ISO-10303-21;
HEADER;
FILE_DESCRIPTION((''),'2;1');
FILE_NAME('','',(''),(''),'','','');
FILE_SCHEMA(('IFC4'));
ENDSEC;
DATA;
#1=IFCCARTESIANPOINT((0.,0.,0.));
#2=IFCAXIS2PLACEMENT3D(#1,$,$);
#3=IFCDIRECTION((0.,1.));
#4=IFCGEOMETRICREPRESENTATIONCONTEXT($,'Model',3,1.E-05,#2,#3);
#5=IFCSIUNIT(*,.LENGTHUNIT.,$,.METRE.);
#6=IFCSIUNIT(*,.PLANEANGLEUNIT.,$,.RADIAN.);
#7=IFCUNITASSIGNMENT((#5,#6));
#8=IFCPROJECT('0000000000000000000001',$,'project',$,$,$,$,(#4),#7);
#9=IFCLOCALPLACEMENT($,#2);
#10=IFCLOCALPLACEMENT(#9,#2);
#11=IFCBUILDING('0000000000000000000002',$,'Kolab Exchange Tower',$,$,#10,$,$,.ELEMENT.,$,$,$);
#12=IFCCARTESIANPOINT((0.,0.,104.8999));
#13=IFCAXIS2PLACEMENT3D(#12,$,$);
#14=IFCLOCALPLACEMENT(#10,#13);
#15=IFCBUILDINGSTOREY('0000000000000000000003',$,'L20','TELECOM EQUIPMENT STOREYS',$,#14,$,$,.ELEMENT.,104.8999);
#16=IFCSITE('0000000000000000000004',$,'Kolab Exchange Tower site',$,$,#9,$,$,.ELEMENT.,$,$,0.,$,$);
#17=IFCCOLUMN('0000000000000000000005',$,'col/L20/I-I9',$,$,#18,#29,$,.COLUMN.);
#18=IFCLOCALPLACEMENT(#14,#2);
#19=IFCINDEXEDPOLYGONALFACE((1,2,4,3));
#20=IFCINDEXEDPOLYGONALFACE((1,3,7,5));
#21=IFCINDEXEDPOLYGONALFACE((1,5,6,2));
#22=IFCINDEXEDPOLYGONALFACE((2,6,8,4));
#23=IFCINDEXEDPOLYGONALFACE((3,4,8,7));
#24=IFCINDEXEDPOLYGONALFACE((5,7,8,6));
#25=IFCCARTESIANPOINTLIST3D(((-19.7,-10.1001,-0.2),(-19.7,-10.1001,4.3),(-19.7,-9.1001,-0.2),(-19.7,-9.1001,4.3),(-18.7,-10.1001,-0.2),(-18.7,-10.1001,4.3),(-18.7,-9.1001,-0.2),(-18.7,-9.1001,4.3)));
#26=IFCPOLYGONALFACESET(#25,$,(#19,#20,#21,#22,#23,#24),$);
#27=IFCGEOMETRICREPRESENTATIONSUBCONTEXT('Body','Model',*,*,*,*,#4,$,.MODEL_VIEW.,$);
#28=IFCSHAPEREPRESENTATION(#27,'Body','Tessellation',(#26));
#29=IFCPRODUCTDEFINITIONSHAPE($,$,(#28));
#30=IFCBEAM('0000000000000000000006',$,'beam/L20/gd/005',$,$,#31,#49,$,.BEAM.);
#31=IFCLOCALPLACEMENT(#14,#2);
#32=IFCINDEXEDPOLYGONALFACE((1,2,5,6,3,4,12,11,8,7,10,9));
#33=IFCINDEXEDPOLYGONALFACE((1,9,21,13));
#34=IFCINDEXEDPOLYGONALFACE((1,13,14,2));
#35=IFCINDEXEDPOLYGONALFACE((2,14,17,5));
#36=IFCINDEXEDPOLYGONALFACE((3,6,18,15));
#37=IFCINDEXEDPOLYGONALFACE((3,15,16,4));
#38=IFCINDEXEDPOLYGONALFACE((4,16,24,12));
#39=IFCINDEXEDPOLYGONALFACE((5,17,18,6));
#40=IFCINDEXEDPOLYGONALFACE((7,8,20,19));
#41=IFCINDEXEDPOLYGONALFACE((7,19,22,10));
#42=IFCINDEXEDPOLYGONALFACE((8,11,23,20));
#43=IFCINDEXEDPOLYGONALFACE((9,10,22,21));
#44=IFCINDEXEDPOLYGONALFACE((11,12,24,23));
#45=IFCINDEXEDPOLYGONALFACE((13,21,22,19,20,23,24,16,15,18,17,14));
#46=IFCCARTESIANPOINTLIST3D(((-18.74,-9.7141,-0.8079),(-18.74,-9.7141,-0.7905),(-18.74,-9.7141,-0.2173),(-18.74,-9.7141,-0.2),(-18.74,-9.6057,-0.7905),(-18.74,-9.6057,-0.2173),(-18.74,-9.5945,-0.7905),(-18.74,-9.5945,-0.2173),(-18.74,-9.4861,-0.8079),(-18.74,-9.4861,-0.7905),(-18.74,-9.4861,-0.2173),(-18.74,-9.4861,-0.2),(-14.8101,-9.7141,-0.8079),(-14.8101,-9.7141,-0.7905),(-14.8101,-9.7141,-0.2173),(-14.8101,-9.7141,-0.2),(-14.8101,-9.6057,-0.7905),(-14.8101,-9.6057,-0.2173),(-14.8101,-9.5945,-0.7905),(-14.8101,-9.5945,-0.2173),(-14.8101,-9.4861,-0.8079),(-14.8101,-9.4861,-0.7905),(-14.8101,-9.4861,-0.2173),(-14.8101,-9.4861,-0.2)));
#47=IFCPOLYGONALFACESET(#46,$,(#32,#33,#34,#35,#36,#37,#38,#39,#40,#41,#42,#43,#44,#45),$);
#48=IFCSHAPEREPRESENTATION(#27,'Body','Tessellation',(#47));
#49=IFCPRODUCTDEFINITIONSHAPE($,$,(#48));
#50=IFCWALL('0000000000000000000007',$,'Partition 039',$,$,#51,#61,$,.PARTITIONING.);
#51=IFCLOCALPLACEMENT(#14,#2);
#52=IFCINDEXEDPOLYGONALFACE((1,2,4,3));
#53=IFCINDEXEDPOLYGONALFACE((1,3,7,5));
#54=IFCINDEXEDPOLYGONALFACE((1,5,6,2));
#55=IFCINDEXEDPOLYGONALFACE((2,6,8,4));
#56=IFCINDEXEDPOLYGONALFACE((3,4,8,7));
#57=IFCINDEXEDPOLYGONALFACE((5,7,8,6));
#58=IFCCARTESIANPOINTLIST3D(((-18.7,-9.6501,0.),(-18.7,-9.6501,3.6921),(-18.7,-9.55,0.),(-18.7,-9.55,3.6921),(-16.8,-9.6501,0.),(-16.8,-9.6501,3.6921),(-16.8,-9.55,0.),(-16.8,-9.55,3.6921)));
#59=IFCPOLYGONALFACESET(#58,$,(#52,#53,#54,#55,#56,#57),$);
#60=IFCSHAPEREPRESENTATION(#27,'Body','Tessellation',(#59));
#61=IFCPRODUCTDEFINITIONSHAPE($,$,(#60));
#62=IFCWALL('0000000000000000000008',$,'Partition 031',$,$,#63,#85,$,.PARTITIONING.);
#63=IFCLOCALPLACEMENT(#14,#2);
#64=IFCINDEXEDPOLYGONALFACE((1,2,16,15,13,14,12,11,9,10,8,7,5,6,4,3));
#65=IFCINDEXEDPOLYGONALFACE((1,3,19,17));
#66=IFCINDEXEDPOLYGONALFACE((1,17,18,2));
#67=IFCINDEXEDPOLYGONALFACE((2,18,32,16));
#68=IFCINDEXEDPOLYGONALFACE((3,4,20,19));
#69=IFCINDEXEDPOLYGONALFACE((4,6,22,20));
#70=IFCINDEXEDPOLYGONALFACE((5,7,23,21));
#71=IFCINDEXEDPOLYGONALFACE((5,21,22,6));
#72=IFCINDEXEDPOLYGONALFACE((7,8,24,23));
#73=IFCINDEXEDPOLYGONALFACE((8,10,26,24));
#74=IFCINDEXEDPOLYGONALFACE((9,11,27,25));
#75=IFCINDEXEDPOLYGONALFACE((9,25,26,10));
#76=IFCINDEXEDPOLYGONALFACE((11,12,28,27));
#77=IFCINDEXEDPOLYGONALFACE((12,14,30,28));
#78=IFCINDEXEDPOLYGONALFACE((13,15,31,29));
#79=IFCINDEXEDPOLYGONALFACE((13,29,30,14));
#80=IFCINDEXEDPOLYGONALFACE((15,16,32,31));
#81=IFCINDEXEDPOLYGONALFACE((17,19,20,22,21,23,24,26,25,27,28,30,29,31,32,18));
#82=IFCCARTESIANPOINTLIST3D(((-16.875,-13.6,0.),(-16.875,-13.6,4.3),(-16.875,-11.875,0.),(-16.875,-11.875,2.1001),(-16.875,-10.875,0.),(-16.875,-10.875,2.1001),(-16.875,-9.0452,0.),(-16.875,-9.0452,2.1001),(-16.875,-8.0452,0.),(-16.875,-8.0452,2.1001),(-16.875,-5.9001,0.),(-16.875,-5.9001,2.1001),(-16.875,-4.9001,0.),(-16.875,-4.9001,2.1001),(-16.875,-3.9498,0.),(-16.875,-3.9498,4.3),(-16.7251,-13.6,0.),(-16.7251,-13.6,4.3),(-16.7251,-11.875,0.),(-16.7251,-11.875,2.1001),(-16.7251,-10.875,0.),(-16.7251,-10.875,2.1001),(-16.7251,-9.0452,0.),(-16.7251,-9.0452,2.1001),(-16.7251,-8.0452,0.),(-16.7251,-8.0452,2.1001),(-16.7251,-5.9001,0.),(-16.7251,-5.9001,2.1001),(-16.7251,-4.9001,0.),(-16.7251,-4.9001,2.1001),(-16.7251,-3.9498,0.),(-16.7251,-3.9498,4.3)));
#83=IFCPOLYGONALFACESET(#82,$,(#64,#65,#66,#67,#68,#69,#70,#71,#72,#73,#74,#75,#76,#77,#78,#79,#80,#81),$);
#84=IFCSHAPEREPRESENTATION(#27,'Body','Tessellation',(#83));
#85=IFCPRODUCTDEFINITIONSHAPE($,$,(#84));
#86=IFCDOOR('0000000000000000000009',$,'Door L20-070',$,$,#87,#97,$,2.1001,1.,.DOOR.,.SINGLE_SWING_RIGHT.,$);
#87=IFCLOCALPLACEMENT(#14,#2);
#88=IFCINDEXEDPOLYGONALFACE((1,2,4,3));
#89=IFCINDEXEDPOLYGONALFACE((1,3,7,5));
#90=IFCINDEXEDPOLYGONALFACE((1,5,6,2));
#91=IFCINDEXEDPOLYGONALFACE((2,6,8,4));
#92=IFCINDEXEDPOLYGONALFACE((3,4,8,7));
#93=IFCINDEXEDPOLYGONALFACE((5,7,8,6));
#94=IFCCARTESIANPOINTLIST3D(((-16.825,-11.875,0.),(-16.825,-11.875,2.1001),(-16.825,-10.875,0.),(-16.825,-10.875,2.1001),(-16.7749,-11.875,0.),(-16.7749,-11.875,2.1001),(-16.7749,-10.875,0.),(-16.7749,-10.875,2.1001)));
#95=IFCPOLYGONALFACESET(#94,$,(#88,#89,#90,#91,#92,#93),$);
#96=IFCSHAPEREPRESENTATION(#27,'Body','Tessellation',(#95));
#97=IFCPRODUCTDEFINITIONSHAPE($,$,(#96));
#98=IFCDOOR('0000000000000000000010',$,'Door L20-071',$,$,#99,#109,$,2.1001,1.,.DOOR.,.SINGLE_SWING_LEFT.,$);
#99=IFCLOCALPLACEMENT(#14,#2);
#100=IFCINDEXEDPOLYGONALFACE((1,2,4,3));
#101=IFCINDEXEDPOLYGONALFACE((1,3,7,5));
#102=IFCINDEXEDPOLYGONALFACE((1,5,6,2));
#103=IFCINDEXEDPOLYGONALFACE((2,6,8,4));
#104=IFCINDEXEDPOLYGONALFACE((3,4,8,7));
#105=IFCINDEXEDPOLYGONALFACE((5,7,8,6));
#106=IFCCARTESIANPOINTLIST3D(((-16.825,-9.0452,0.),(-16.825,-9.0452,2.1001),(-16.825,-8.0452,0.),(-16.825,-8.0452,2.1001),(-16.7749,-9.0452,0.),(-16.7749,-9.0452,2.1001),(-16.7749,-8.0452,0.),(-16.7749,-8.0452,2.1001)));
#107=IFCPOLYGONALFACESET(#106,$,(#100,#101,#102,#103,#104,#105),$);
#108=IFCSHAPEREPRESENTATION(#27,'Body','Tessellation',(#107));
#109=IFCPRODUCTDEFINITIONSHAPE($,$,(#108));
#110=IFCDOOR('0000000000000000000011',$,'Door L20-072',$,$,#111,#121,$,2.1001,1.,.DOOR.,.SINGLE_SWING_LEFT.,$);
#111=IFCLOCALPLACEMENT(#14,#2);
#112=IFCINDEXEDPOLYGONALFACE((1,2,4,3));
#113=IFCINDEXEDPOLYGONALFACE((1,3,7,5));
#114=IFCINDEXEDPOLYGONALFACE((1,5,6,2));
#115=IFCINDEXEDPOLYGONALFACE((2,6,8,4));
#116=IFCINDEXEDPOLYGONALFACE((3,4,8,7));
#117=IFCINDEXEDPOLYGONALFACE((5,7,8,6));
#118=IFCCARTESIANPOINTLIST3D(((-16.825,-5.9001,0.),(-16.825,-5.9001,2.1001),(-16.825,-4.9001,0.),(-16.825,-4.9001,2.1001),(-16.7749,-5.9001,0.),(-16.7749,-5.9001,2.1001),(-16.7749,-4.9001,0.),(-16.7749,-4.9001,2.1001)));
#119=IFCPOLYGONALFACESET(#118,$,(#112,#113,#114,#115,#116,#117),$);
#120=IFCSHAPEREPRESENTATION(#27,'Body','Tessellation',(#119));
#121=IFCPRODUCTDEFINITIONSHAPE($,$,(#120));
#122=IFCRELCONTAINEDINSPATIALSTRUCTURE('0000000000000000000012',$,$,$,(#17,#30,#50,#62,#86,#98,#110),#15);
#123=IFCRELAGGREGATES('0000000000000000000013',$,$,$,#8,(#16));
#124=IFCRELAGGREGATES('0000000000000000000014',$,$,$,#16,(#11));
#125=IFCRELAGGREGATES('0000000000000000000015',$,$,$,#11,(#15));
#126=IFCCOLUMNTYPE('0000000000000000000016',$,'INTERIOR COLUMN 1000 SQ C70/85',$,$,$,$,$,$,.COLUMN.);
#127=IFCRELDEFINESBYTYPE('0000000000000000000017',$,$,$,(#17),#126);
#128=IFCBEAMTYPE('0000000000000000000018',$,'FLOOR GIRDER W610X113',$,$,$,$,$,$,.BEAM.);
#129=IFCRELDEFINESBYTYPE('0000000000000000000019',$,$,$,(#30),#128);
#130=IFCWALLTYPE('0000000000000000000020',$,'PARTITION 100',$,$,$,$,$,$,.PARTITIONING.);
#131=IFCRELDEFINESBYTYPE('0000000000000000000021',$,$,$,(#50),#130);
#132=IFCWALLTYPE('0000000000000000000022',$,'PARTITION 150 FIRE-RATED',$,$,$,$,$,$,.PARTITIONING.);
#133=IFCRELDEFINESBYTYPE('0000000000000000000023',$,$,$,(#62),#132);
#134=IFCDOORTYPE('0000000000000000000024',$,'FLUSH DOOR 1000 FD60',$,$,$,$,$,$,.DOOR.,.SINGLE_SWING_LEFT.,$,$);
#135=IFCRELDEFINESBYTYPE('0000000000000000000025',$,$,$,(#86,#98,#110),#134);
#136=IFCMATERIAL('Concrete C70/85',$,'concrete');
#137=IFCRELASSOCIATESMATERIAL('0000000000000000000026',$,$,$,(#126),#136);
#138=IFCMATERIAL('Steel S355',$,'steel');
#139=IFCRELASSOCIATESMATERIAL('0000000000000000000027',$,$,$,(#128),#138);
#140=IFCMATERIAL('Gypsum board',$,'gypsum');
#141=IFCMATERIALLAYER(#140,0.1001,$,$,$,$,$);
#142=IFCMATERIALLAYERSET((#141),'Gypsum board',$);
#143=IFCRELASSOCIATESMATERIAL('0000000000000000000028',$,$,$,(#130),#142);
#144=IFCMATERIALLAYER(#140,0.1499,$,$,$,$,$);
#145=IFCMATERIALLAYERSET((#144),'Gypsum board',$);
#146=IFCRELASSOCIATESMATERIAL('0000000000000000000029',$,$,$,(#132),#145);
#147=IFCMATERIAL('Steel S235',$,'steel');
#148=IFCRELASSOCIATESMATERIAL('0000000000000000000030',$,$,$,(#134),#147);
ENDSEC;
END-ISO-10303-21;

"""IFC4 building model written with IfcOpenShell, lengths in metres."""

from ifc_helpers import new_model, si_unit, direction, frame, frame_2d, origin, origin_2d, place, context, subcontext, project, spatial, rectangle, i_section, extrude, material, layer, layer_set, material_profile, profile_set, type_object, element, fill, save


model = new_model("IFC4")

# Units and contexts
model_context = context("Model", 3, precision=1e-05, world=origin(), true_north=direction((0.0, 1.0)))
body_context = subcontext(model_context, "Body", "Model", "MODEL_VIEW")
ifc_project = project(units=[si_unit("LENGTHUNIT", "METRE"), si_unit("PLANEANGLEUNIT", "RADIAN")], contexts=[model_context])

# Site, building, storey
site_placement = place(None, origin())
site = spatial("IfcSite", under=ifc_project, at=site_placement, Name="Kolab Exchange Tower site", CompositionType="ELEMENT", RefElevation=0.0)
building_placement = place(site_placement, origin())
building = spatial("IfcBuilding", under=site, at=building_placement, Name="Kolab Exchange Tower", CompositionType="ELEMENT")
storey_placement = place(building_placement, frame((0.0, 0.0, 104.8999)))
storey = spatial("IfcBuildingStorey", under=building, at=storey_placement, Name="L20", Description="TELECOM EQUIPMENT STOREYS", CompositionType="ELEMENT", Elevation=104.8999)

# Column
ifc_material_1 = material(Name="Concrete C70/85", Category="concrete")
ifc_material_profile_1 = material_profile(ifc_material_1, rectangle(XDim=1.0, YDim=1.0, at=origin_2d()), Name="RC1000")
ifc_profile_set_1 = profile_set([ifc_material_profile_1], Name="Concrete C70/85")
column_type = type_object("IfcColumnType", Name="INTERIOR COLUMN 1000 SQ C70/85", PredefinedType="COLUMN", material=ifc_profile_set_1)
column_placement = place(storey_placement, frame((-19.2, -9.6001, -0.2), z_axis=(0.0, 0.0, 1.0), x_axis=(1.0, 0.0, 0.0)))
element("IfcColumn", 1, at=column_placement, inside=storey, type_object=column_type, Name="col/L20/I-I9", PredefinedType="COLUMN", context=body_context, shape_type="SweptSolid", body=[
    extrude(rectangle(XDim=1.0, YDim=1.0, at=origin_2d()), origin(), (0.0, 0.0, 1.0), 4.5),
])

# Beam
ifc_material_2 = material(Name="Steel S355", Category="steel")
ifc_material_profile_2 = material_profile(ifc_material_2, i_section(OverallWidth=0.228, OverallDepth=0.6079, WebThickness=0.0112, FlangeThickness=0.0173, at=origin_2d()), Name="W610X113")
ifc_profile_set_2 = profile_set([ifc_material_profile_2], Name="Steel S355")
beam_type = type_object("IfcBeamType", Name="FLOOR GIRDER W610X113", PredefinedType="BEAM", material=ifc_profile_set_2)
beam_placement = place(storey_placement, frame((-18.74, -9.6001, -0.5039), z_axis=(1.0, 0.0, 0.0), x_axis=(0.0, 1.0, 0.0)))
element("IfcBeam", 2, at=beam_placement, inside=storey, type_object=beam_type, Name="beam/L20/gd/005", PredefinedType="BEAM", context=body_context, shape_type="SweptSolid", body=[
    extrude(i_section(OverallWidth=0.228, OverallDepth=0.6079, WebThickness=0.0112, FlangeThickness=0.0173, at=origin_2d()), origin(), (0.0, 0.0, 1.0), 3.9299),
])

# Wall
ifc_material_3 = material(Name="Gypsum board", Category="gypsum")
ifc_layer_1 = layer(ifc_material_3, 0.1001)
ifc_layer_set_1 = layer_set([ifc_layer_1], Name="Gypsum board")
wall_type_1 = type_object("IfcWallType", Name="PARTITION 100", PredefinedType="PARTITIONING", material=ifc_layer_set_1)
wall_1_placement = place(storey_placement, frame((-18.7, -9.6001, 0.0), z_axis=(0.0, 0.0, 1.0), x_axis=(1.0, 0.0, 0.0)))
element("IfcWall", 3, at=wall_1_placement, inside=storey, type_object=wall_type_1, Name="Partition 039", PredefinedType="PARTITIONING", context=body_context, shape_type="SweptSolid", body=[
    extrude(rectangle(XDim=1.8999, YDim=0.1001, at=frame_2d((0.95, 0.0))), origin(), (0.0, 0.0, 1.0), 3.6921),
])

# Wall, openings, doors
ifc_layer_2 = layer(ifc_material_3, 0.1499)
ifc_layer_set_2 = layer_set([ifc_layer_2], Name="Gypsum board")
wall_type_2 = type_object("IfcWallType", Name="PARTITION 150 FIRE-RATED", PredefinedType="PARTITIONING", material=ifc_layer_set_2)
wall_2_placement = place(storey_placement, frame((-16.8, -13.6001, 0.0), z_axis=(0.0, 0.0, 1.0), x_axis=(0.0, 1.0, 0.0)))
wall_2 = element("IfcWall", 4, at=wall_2_placement, inside=storey, type_object=wall_type_2, Name="Partition 031", PredefinedType="PARTITIONING", context=body_context, shape_type="SweptSolid", body=[
    extrude(rectangle(XDim=9.6501, YDim=0.1499, at=frame_2d((4.8252, 0.0))), origin(), (0.0, 0.0, 1.0), 4.3),
])
opening_1_placement = place(wall_2_placement, frame((1.7251, 0.0, 0.0)))
opening_1 = element("IfcOpeningElement", 5, at=opening_1_placement, cuts=wall_2, PredefinedType="OPENING", context=body_context, shape_type="SweptSolid", body=[
    extrude(rectangle(XDim=1.0, YDim=2.1001, at=frame_2d((0.5, 1.05))), frame((0.0, 0.085, 0.0), z_axis=(0.0, -1.0, 0.0), x_axis=(1.0, 0.0, 0.0)), (0.0, 0.0, 1.0), 0.1699),
])
opening_2_placement = place(wall_2_placement, frame((4.5549, 0.0, 0.0)))
opening_2 = element("IfcOpeningElement", 6, at=opening_2_placement, cuts=wall_2, PredefinedType="OPENING", context=body_context, shape_type="SweptSolid", body=[
    extrude(rectangle(XDim=1.0, YDim=2.1001, at=frame_2d((0.5, 1.05))), frame((0.0, 0.085, 0.0), z_axis=(0.0, -1.0, 0.0), x_axis=(1.0, 0.0, 0.0)), (0.0, 0.0, 1.0), 0.1699),
])
opening_3_placement = place(wall_2_placement, frame((7.7, 0.0, 0.0)))
opening_3 = element("IfcOpeningElement", 7, at=opening_3_placement, cuts=wall_2, PredefinedType="OPENING", context=body_context, shape_type="SweptSolid", body=[
    extrude(rectangle(XDim=1.0, YDim=2.1001, at=frame_2d((0.5, 1.05))), frame((0.0, 0.085, 0.0), z_axis=(0.0, -1.0, 0.0), x_axis=(1.0, 0.0, 0.0)), (0.0, 0.0, 1.0), 0.1699),
])
ifc_material_4 = material(Name="Steel S235", Category="steel")
door_type = type_object("IfcDoorType", Name="FLUSH DOOR 1000 FD60", OperationType="SINGLE_SWING_LEFT", PredefinedType="DOOR", material=ifc_material_4)
door_1_placement = place(opening_1_placement, origin())
door_1 = element("IfcDoor", 8, at=door_1_placement, inside=storey, type_object=door_type, Name="Door L20-070", OperationType="SINGLE_SWING_RIGHT", OverallHeight=2.1001, OverallWidth=1.0, PredefinedType="DOOR", context=body_context, shape_type="SweptSolid", body=[
    extrude(rectangle(XDim=1.0, YDim=2.1001, at=frame_2d((0.5, 1.05))), frame((0.0, 0.0249, 0.0), z_axis=(0.0, -1.0, 0.0), x_axis=(1.0, 0.0, 0.0)), (0.0, 0.0, 1.0), 0.05),
])
fill(opening_1, door_1)
door_2_placement = place(opening_2_placement, origin())
door_2 = element("IfcDoor", 9, at=door_2_placement, inside=storey, type_object=door_type, Name="Door L20-071", OperationType="SINGLE_SWING_LEFT", OverallHeight=2.1001, OverallWidth=1.0, PredefinedType="DOOR", context=body_context, shape_type="SweptSolid", body=[
    extrude(rectangle(XDim=1.0, YDim=2.1001, at=frame_2d((0.5, 1.05))), frame((0.0, 0.0249, 0.0), z_axis=(0.0, -1.0, 0.0), x_axis=(1.0, 0.0, 0.0)), (0.0, 0.0, 1.0), 0.05),
])
fill(opening_2, door_2)
door_3_placement = place(opening_3_placement, origin())
door_3 = element("IfcDoor", 10, at=door_3_placement, inside=storey, type_object=door_type, Name="Door L20-072", OperationType="SINGLE_SWING_LEFT", OverallHeight=2.1001, OverallWidth=1.0, PredefinedType="DOOR", context=body_context, shape_type="SweptSolid", body=[
    extrude(rectangle(XDim=1.0, YDim=2.1001, at=frame_2d((0.5, 1.05))), frame((0.0, 0.0249, 0.0), z_axis=(0.0, -1.0, 0.0), x_axis=(1.0, 0.0, 0.0)), (0.0, 0.0, 1.0), 0.05),
])
fill(opening_3, door_3)

save(model, "model.ifc")
